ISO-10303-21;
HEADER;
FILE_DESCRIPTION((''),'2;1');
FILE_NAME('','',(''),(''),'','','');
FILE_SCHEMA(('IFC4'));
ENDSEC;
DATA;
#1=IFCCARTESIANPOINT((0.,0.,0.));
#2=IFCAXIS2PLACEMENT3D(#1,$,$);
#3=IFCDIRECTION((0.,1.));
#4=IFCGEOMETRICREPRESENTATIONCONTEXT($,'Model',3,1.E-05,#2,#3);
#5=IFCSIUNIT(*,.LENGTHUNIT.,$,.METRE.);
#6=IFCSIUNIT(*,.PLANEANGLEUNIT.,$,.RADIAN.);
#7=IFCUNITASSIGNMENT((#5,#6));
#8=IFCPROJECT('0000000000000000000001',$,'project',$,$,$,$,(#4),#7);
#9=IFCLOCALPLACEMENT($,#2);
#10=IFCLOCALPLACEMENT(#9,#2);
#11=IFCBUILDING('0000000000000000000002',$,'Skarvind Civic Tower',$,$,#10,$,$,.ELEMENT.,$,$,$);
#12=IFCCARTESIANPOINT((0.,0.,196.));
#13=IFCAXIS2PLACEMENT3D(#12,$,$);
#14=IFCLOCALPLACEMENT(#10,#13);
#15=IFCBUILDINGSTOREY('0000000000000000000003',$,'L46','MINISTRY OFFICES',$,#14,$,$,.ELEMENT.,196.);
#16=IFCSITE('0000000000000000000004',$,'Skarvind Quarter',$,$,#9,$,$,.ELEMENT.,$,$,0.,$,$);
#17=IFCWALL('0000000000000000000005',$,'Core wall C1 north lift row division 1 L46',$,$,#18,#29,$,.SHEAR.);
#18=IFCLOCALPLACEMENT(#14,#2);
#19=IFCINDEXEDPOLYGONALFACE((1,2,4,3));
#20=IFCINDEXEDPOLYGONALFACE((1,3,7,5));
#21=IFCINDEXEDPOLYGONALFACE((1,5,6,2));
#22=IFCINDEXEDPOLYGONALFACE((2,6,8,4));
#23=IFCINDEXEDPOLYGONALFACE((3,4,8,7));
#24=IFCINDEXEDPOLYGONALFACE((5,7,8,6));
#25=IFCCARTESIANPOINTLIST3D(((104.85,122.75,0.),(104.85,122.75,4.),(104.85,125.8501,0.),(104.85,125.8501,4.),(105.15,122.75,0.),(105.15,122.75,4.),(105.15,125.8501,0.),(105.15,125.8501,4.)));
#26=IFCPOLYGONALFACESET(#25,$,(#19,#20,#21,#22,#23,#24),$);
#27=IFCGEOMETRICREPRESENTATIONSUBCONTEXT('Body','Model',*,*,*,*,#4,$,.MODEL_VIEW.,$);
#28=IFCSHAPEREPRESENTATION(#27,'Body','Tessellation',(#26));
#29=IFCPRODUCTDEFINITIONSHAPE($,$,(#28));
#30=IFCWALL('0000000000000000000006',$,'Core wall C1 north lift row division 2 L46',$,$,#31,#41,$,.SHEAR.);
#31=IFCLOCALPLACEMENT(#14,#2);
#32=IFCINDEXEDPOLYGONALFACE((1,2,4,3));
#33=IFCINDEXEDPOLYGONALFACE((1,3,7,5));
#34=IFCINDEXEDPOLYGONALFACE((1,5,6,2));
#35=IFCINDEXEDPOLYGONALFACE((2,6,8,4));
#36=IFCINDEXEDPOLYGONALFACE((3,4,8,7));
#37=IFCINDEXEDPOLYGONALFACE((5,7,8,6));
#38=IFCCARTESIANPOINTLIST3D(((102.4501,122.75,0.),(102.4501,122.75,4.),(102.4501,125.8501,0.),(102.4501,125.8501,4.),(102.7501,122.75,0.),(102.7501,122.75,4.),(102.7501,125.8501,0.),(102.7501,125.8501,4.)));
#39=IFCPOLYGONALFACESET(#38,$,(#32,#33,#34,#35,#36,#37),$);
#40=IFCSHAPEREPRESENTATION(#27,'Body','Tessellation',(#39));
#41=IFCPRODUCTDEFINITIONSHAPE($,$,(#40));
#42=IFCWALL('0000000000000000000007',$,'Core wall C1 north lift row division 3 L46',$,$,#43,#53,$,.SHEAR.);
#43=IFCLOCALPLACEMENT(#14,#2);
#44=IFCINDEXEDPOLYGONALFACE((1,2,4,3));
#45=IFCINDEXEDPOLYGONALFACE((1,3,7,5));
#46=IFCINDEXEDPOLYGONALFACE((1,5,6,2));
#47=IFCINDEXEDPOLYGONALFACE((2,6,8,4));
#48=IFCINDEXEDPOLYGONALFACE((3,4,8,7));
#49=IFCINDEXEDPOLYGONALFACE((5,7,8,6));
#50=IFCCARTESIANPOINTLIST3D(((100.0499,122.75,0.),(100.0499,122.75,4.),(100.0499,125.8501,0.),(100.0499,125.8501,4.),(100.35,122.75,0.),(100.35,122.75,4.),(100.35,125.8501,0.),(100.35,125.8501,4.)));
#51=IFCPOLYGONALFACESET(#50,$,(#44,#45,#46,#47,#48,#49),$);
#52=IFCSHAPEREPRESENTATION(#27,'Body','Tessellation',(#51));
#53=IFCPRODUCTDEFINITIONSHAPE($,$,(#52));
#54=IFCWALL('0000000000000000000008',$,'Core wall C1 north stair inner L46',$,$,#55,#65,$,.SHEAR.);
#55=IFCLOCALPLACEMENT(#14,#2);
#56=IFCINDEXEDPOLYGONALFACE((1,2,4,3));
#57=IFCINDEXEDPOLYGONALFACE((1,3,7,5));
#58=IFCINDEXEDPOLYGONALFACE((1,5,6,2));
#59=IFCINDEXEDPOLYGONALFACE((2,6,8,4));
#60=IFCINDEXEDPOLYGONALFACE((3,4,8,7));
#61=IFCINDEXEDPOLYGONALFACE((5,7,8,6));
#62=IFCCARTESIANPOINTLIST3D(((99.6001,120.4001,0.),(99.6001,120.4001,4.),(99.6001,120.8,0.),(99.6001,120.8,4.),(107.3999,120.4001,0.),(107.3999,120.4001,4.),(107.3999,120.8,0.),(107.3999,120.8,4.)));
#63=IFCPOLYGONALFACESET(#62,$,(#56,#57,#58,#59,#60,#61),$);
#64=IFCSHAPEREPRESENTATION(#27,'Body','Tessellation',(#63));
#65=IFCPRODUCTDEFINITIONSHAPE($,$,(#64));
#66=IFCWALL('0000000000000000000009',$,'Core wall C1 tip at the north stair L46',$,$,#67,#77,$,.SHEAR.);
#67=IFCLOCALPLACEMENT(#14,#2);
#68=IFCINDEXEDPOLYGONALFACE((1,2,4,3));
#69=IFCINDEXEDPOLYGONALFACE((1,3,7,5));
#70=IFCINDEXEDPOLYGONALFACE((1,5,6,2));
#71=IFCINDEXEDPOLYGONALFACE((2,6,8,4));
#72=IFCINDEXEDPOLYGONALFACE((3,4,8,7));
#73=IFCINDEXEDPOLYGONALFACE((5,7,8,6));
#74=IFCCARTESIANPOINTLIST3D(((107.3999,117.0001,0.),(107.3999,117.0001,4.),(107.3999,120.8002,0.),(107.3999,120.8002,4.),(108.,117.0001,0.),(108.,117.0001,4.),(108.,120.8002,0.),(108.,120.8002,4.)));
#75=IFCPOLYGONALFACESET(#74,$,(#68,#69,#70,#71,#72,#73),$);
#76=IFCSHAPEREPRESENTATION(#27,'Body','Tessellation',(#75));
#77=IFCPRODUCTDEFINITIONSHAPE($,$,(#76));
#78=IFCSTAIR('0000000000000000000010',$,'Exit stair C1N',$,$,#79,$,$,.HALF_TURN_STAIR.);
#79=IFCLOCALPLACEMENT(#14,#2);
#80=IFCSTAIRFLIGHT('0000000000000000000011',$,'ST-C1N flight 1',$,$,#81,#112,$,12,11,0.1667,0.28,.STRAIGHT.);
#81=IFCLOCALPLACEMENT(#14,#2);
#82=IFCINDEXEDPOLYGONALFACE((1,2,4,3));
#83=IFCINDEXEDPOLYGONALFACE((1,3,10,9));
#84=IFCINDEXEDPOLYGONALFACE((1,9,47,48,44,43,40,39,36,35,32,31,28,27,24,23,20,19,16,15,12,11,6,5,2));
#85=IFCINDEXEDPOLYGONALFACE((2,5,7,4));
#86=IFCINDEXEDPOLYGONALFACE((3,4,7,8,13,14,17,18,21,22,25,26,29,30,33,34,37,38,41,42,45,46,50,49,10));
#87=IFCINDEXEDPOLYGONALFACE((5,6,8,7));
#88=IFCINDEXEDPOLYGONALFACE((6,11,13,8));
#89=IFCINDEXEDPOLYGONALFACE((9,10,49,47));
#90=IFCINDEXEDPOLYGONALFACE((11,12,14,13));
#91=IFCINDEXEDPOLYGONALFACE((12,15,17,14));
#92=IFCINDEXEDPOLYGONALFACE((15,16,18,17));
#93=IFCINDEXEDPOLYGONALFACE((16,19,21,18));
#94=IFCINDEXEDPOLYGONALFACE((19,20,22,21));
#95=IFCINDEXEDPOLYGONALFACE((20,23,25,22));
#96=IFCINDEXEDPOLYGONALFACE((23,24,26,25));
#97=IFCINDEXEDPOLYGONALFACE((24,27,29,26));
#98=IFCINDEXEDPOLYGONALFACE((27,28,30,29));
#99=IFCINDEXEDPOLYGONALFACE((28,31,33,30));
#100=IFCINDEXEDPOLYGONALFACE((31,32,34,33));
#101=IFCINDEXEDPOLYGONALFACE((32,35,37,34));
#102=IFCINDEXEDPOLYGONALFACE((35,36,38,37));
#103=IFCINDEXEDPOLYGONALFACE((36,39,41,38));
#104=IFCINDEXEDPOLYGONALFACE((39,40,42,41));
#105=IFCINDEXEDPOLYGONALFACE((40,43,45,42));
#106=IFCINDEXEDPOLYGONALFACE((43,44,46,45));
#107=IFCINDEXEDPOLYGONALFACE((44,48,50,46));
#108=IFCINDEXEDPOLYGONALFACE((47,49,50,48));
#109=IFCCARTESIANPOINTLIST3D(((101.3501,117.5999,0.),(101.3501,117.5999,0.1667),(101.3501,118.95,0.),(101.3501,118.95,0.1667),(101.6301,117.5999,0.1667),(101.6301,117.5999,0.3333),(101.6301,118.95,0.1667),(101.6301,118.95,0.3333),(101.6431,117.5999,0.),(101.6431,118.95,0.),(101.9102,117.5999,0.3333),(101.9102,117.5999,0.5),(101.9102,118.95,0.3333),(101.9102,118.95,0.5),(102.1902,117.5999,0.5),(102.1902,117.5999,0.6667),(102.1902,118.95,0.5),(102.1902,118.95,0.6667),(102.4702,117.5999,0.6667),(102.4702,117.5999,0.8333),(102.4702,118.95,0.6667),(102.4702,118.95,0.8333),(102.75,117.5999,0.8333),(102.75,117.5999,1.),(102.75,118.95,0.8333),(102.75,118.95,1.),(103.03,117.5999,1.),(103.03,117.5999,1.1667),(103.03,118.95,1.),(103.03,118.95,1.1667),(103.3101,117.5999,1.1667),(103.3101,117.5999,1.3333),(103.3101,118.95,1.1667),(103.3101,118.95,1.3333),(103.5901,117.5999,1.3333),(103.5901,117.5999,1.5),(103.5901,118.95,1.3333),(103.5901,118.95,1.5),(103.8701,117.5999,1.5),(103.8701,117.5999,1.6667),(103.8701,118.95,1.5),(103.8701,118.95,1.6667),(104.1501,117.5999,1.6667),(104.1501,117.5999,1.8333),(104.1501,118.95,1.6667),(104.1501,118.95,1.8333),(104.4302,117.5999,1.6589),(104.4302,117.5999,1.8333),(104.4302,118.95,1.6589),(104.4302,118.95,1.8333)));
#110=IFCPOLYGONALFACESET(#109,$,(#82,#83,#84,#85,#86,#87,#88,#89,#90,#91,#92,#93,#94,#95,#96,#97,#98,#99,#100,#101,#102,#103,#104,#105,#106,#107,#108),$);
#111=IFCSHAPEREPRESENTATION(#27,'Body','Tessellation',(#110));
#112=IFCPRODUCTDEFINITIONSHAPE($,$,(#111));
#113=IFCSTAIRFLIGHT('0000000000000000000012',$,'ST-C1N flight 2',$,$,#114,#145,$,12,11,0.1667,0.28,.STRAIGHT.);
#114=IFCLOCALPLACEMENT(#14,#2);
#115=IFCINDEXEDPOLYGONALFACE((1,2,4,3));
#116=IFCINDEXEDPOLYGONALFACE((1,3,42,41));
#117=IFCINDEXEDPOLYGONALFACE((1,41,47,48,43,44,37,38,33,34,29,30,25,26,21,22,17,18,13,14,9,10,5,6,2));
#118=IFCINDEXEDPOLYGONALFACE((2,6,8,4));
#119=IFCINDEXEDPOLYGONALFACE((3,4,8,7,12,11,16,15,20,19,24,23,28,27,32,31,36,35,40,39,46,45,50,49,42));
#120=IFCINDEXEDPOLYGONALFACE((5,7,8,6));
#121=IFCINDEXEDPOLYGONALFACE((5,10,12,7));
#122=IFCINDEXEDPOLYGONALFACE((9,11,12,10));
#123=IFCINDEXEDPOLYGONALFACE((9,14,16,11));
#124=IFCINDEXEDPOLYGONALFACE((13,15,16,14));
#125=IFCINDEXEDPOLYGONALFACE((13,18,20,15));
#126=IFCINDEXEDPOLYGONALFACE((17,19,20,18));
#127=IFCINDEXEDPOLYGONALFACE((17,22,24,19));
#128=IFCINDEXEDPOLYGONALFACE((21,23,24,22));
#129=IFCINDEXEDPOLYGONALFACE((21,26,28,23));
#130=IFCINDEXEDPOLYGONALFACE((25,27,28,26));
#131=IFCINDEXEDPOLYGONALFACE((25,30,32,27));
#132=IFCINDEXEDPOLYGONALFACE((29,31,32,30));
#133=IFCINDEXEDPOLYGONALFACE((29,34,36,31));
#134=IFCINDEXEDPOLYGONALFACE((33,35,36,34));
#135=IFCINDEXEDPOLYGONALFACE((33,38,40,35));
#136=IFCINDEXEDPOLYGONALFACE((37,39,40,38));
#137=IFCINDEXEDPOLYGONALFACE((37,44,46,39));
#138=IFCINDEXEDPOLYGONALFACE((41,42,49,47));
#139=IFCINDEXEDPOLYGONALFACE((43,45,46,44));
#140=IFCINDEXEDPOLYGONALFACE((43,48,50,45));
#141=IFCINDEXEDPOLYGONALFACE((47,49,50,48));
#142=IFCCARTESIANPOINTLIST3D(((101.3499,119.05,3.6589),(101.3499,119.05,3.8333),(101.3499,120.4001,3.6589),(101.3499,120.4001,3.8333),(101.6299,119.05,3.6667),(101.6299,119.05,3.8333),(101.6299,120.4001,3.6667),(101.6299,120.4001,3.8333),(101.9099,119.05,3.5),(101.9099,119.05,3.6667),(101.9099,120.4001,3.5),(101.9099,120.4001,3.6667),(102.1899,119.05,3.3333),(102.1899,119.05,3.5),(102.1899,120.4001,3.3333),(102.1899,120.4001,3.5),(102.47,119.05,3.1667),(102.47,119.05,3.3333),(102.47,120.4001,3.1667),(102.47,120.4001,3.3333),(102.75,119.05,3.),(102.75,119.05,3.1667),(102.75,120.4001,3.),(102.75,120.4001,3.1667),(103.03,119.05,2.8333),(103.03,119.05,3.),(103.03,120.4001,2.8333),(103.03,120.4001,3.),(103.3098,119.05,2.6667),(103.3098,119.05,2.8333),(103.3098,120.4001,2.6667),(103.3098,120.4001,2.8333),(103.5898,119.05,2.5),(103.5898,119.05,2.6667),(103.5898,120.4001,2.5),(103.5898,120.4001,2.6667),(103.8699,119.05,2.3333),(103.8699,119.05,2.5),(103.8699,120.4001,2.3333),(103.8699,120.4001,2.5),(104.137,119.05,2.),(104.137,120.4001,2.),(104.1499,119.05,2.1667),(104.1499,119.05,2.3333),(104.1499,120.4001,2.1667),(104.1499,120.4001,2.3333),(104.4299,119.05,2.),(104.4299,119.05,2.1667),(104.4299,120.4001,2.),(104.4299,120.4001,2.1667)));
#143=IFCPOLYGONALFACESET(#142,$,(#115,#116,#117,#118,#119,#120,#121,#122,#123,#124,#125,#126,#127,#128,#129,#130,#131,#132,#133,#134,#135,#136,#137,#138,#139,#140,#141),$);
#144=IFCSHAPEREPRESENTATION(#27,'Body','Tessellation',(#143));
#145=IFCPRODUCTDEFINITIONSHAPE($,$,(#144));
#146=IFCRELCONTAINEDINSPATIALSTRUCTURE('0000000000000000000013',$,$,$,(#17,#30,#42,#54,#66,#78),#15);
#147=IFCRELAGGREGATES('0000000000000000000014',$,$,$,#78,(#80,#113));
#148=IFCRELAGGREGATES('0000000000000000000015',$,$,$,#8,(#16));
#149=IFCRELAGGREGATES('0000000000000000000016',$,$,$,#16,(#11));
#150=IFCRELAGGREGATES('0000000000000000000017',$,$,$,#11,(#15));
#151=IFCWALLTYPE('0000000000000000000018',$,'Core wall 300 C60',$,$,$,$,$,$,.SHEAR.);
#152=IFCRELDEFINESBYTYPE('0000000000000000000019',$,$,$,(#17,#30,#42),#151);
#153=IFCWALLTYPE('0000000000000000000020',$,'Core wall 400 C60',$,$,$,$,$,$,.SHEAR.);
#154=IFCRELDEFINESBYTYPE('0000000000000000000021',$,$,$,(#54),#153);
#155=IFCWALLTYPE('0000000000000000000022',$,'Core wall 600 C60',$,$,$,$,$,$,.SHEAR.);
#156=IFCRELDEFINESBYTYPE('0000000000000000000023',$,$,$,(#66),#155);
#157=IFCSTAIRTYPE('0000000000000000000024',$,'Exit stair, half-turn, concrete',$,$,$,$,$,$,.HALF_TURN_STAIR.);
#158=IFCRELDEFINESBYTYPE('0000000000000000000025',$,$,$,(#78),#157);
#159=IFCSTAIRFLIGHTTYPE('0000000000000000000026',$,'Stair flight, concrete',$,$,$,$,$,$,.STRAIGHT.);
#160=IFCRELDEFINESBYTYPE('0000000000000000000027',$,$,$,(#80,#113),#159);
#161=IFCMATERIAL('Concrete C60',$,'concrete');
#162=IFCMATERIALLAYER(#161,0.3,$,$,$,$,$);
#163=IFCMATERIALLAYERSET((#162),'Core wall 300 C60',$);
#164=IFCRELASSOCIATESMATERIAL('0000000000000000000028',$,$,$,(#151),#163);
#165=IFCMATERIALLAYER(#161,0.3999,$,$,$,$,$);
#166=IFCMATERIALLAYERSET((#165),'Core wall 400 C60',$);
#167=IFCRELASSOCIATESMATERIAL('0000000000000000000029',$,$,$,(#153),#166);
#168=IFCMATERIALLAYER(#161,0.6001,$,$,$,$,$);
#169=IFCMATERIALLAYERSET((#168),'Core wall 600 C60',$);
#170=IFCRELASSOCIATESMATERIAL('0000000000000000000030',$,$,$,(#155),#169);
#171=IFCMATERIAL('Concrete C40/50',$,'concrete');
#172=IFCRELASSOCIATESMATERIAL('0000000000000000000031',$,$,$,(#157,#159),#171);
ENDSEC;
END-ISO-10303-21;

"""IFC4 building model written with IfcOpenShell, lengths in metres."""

from ifc_helpers import new_model, si_unit, direction, frame, frame_2d, origin, place, context, subcontext, project, spatial, polyline, rectangle, outline, extrude, material, layer, layer_set, type_object, element, aggregate, save


model = new_model("IFC4")

# Units and contexts
model_context = context("Model", 3, precision=1e-05, world=origin(), true_north=direction((0.0, 1.0)))
body_context = subcontext(model_context, "Body", "Model", "MODEL_VIEW")
ifc_project = project(units=[si_unit("LENGTHUNIT", "METRE"), si_unit("PLANEANGLEUNIT", "RADIAN")], contexts=[model_context])

# Site, building, storey
site_placement = place(None, origin())
site = spatial("IfcSite", under=ifc_project, at=site_placement, Name="Skarvind Quarter", CompositionType="ELEMENT", RefElevation=0.0)
building_placement = place(site_placement, origin())
building = spatial("IfcBuilding", under=site, at=building_placement, Name="Skarvind Civic Tower", CompositionType="ELEMENT")
storey_placement = place(building_placement, frame((0.0, 0.0, 196.0)))
storey = spatial("IfcBuildingStorey", under=building, at=storey_placement, Name="L46", Description="MINISTRY OFFICES", CompositionType="ELEMENT", Elevation=196.0)

# Shared definitions
ifc_material_1 = material(Name="Concrete C60", Category="concrete")
ifc_layer_1 = layer(ifc_material_1, 0.3)
ifc_layer_set_1 = layer_set([ifc_layer_1], Name="Core wall 300 C60")
wall_type_1 = type_object("IfcWallType", Name="Core wall 300 C60", PredefinedType="SHEAR", material=ifc_layer_set_1)

# Walls
for number, where, z_axis, x_axis, name in (
    (1, (105.0, 125.8501, 0.0), (0.0, 0.0, 1.0), (0.0, -1.0, 0.0), "Core wall C1 north lift row division 1 L46"),
    (2, (102.6001, 125.8501, 0.0), (0.0, 0.0, 1.0), (0.0, -1.0, 0.0), "Core wall C1 north lift row division 2 L46"),
    (3, (100.2, 125.8501, 0.0), (0.0, 0.0, 1.0), (0.0, -1.0, 0.0), "Core wall C1 north lift row division 3 L46"),
):
    element("IfcWall", number, at=place(storey_placement, frame(where, z_axis=z_axis, x_axis=x_axis)), inside=storey, type_object=wall_type_1, Name=name, PredefinedType="SHEAR", context=body_context, shape_type="SweptSolid", body=[
        extrude(rectangle(XDim=3.1001, YDim=0.3, at=frame_2d((1.55, 0.0))), origin(), (0.0, 0.0, 1.0), 4.0),
    ])
ifc_layer_2 = layer(ifc_material_1, 0.3999)
ifc_layer_set_2 = layer_set([ifc_layer_2], Name="Core wall 400 C60")
wall_type_2 = type_object("IfcWallType", Name="Core wall 400 C60", PredefinedType="SHEAR", material=ifc_layer_set_2)
wall_1_placement = place(storey_placement, frame((107.3999, 120.6001, 0.0), z_axis=(0.0, 0.0, 1.0), x_axis=(-1.0, 0.0, 0.0)))
element("IfcWall", 4, at=wall_1_placement, inside=storey, type_object=wall_type_2, Name="Core wall C1 north stair inner L46", PredefinedType="SHEAR", context=body_context, shape_type="SweptSolid", body=[
    extrude(rectangle(XDim=7.7998, YDim=0.3999, at=frame_2d((3.8999, 0.0))), origin(), (0.0, 0.0, 1.0), 4.0),
])
ifc_layer_3 = layer(ifc_material_1, 0.6001)
ifc_layer_set_3 = layer_set([ifc_layer_3], Name="Core wall 600 C60")
wall_type_3 = type_object("IfcWallType", Name="Core wall 600 C60", PredefinedType="SHEAR", material=ifc_layer_set_3)
wall_2_placement = place(storey_placement, frame((107.7, 120.8, 0.0), z_axis=(0.0, 0.0, 1.0), x_axis=(0.0, -1.0, 0.0)))
element("IfcWall", 5, at=wall_2_placement, inside=storey, type_object=wall_type_3, Name="Core wall C1 tip at the north stair L46", PredefinedType="SHEAR", context=body_context, shape_type="SweptSolid", body=[
    extrude(rectangle(XDim=3.8, YDim=0.6001, at=frame_2d((1.8999, 0.0))), origin(), (0.0, 0.0, 1.0), 4.0),
])

# Stair, stair flights
ifc_material_2 = material(Name="Concrete C40/50", Category="concrete")
stair_type = type_object("IfcStairType", Name="Exit stair, half-turn, concrete", PredefinedType="HALF_TURN_STAIR", material=ifc_material_2)
stair_placement = place(storey_placement, origin())
stair = element("IfcStair", 6, at=stair_placement, inside=storey, type_object=stair_type, Name="Exit stair C1N", PredefinedType="HALF_TURN_STAIR")
stair_flight_type = type_object("IfcStairFlightType", Name="Stair flight, concrete", PredefinedType="STRAIGHT", material=ifc_material_2)
stair_flight_1_placement = place(storey_placement, frame((101.3501, 118.2749, 0.0), z_axis=(0.0, 0.0, 1.0), x_axis=(1.0, 0.0, 0.0)))
stair_flight_1 = element("IfcStairFlight", 7, at=stair_flight_1_placement, type_object=stair_flight_type, Name="ST-C1N flight 1", NumberOfRisers=12, NumberOfTreads=11, PredefinedType="STRAIGHT", RiserHeight=0.1667, TreadLength=0.28, context=body_context, shape_type="SweptSolid", body=[
    extrude(outline(polyline([(0.0, 0.0), (0.0, 0.1667), (0.28, 0.1667), (0.28, 0.3333), (0.5601, 0.3333), (0.5601, 0.5), (0.8401, 0.5), (0.8401, 0.6667), (1.1201, 0.6667), (1.1201, 0.8333), (1.3999, 0.8333), (1.3999, 1.0), (1.6799, 1.0), (1.6799, 1.1667), (1.96, 1.1667), (1.96, 1.3333), (2.24, 1.3333), (2.24, 1.5), (2.52, 1.5), (2.52, 1.6667), (2.8, 1.6667), (2.8, 1.8333), (3.0801, 1.8333), (3.0801, 2.0), (3.0801, 1.6589), (0.293, 0.0), (0.0, 0.0)])), frame((0.0, 0.675, 0.0), z_axis=(0.0, -1.0, 0.0), x_axis=(1.0, 0.0, 0.0)), (0.0, 0.0, 1.0), 1.3501),
])
stair_flight_2_placement = place(storey_placement, frame((104.4299, 119.7251, 2.0), z_axis=(0.0, 0.0, 1.0), x_axis=(-1.0, 0.0, 0.0)))
stair_flight_2 = element("IfcStairFlight", 8, at=stair_flight_2_placement, type_object=stair_flight_type, Name="ST-C1N flight 2", NumberOfRisers=12, NumberOfTreads=11, PredefinedType="STRAIGHT", RiserHeight=0.1667, TreadLength=0.28, context=body_context, shape_type="SweptSolid", body=[
    extrude(outline(polyline([(0.0, 0.0), (0.0, 0.1667), (0.28, 0.1667), (0.28, 0.3333), (0.5601, 0.3333), (0.5601, 0.5), (0.8401, 0.5), (0.8401, 0.6667), (1.1201, 0.6667), (1.1201, 0.8333), (1.3999, 0.8333), (1.3999, 1.0), (1.6799, 1.0), (1.6799, 1.1667), (1.96, 1.1667), (1.96, 1.3333), (2.24, 1.3333), (2.24, 1.5), (2.52, 1.5), (2.52, 1.6667), (2.8, 1.6667), (2.8, 1.8333), (3.0801, 1.8333), (3.0801, 2.0), (3.0801, 1.6589), (0.293, 0.0), (0.0, 0.0)])), frame((0.0, 0.675, 0.0), z_axis=(0.0, -1.0, 0.0), x_axis=(1.0, 0.0, 0.0)), (0.0, 0.0, 1.0), 1.3501),
])
aggregate(stair, [stair_flight_1, stair_flight_2])

save(model, "model.ifc")
